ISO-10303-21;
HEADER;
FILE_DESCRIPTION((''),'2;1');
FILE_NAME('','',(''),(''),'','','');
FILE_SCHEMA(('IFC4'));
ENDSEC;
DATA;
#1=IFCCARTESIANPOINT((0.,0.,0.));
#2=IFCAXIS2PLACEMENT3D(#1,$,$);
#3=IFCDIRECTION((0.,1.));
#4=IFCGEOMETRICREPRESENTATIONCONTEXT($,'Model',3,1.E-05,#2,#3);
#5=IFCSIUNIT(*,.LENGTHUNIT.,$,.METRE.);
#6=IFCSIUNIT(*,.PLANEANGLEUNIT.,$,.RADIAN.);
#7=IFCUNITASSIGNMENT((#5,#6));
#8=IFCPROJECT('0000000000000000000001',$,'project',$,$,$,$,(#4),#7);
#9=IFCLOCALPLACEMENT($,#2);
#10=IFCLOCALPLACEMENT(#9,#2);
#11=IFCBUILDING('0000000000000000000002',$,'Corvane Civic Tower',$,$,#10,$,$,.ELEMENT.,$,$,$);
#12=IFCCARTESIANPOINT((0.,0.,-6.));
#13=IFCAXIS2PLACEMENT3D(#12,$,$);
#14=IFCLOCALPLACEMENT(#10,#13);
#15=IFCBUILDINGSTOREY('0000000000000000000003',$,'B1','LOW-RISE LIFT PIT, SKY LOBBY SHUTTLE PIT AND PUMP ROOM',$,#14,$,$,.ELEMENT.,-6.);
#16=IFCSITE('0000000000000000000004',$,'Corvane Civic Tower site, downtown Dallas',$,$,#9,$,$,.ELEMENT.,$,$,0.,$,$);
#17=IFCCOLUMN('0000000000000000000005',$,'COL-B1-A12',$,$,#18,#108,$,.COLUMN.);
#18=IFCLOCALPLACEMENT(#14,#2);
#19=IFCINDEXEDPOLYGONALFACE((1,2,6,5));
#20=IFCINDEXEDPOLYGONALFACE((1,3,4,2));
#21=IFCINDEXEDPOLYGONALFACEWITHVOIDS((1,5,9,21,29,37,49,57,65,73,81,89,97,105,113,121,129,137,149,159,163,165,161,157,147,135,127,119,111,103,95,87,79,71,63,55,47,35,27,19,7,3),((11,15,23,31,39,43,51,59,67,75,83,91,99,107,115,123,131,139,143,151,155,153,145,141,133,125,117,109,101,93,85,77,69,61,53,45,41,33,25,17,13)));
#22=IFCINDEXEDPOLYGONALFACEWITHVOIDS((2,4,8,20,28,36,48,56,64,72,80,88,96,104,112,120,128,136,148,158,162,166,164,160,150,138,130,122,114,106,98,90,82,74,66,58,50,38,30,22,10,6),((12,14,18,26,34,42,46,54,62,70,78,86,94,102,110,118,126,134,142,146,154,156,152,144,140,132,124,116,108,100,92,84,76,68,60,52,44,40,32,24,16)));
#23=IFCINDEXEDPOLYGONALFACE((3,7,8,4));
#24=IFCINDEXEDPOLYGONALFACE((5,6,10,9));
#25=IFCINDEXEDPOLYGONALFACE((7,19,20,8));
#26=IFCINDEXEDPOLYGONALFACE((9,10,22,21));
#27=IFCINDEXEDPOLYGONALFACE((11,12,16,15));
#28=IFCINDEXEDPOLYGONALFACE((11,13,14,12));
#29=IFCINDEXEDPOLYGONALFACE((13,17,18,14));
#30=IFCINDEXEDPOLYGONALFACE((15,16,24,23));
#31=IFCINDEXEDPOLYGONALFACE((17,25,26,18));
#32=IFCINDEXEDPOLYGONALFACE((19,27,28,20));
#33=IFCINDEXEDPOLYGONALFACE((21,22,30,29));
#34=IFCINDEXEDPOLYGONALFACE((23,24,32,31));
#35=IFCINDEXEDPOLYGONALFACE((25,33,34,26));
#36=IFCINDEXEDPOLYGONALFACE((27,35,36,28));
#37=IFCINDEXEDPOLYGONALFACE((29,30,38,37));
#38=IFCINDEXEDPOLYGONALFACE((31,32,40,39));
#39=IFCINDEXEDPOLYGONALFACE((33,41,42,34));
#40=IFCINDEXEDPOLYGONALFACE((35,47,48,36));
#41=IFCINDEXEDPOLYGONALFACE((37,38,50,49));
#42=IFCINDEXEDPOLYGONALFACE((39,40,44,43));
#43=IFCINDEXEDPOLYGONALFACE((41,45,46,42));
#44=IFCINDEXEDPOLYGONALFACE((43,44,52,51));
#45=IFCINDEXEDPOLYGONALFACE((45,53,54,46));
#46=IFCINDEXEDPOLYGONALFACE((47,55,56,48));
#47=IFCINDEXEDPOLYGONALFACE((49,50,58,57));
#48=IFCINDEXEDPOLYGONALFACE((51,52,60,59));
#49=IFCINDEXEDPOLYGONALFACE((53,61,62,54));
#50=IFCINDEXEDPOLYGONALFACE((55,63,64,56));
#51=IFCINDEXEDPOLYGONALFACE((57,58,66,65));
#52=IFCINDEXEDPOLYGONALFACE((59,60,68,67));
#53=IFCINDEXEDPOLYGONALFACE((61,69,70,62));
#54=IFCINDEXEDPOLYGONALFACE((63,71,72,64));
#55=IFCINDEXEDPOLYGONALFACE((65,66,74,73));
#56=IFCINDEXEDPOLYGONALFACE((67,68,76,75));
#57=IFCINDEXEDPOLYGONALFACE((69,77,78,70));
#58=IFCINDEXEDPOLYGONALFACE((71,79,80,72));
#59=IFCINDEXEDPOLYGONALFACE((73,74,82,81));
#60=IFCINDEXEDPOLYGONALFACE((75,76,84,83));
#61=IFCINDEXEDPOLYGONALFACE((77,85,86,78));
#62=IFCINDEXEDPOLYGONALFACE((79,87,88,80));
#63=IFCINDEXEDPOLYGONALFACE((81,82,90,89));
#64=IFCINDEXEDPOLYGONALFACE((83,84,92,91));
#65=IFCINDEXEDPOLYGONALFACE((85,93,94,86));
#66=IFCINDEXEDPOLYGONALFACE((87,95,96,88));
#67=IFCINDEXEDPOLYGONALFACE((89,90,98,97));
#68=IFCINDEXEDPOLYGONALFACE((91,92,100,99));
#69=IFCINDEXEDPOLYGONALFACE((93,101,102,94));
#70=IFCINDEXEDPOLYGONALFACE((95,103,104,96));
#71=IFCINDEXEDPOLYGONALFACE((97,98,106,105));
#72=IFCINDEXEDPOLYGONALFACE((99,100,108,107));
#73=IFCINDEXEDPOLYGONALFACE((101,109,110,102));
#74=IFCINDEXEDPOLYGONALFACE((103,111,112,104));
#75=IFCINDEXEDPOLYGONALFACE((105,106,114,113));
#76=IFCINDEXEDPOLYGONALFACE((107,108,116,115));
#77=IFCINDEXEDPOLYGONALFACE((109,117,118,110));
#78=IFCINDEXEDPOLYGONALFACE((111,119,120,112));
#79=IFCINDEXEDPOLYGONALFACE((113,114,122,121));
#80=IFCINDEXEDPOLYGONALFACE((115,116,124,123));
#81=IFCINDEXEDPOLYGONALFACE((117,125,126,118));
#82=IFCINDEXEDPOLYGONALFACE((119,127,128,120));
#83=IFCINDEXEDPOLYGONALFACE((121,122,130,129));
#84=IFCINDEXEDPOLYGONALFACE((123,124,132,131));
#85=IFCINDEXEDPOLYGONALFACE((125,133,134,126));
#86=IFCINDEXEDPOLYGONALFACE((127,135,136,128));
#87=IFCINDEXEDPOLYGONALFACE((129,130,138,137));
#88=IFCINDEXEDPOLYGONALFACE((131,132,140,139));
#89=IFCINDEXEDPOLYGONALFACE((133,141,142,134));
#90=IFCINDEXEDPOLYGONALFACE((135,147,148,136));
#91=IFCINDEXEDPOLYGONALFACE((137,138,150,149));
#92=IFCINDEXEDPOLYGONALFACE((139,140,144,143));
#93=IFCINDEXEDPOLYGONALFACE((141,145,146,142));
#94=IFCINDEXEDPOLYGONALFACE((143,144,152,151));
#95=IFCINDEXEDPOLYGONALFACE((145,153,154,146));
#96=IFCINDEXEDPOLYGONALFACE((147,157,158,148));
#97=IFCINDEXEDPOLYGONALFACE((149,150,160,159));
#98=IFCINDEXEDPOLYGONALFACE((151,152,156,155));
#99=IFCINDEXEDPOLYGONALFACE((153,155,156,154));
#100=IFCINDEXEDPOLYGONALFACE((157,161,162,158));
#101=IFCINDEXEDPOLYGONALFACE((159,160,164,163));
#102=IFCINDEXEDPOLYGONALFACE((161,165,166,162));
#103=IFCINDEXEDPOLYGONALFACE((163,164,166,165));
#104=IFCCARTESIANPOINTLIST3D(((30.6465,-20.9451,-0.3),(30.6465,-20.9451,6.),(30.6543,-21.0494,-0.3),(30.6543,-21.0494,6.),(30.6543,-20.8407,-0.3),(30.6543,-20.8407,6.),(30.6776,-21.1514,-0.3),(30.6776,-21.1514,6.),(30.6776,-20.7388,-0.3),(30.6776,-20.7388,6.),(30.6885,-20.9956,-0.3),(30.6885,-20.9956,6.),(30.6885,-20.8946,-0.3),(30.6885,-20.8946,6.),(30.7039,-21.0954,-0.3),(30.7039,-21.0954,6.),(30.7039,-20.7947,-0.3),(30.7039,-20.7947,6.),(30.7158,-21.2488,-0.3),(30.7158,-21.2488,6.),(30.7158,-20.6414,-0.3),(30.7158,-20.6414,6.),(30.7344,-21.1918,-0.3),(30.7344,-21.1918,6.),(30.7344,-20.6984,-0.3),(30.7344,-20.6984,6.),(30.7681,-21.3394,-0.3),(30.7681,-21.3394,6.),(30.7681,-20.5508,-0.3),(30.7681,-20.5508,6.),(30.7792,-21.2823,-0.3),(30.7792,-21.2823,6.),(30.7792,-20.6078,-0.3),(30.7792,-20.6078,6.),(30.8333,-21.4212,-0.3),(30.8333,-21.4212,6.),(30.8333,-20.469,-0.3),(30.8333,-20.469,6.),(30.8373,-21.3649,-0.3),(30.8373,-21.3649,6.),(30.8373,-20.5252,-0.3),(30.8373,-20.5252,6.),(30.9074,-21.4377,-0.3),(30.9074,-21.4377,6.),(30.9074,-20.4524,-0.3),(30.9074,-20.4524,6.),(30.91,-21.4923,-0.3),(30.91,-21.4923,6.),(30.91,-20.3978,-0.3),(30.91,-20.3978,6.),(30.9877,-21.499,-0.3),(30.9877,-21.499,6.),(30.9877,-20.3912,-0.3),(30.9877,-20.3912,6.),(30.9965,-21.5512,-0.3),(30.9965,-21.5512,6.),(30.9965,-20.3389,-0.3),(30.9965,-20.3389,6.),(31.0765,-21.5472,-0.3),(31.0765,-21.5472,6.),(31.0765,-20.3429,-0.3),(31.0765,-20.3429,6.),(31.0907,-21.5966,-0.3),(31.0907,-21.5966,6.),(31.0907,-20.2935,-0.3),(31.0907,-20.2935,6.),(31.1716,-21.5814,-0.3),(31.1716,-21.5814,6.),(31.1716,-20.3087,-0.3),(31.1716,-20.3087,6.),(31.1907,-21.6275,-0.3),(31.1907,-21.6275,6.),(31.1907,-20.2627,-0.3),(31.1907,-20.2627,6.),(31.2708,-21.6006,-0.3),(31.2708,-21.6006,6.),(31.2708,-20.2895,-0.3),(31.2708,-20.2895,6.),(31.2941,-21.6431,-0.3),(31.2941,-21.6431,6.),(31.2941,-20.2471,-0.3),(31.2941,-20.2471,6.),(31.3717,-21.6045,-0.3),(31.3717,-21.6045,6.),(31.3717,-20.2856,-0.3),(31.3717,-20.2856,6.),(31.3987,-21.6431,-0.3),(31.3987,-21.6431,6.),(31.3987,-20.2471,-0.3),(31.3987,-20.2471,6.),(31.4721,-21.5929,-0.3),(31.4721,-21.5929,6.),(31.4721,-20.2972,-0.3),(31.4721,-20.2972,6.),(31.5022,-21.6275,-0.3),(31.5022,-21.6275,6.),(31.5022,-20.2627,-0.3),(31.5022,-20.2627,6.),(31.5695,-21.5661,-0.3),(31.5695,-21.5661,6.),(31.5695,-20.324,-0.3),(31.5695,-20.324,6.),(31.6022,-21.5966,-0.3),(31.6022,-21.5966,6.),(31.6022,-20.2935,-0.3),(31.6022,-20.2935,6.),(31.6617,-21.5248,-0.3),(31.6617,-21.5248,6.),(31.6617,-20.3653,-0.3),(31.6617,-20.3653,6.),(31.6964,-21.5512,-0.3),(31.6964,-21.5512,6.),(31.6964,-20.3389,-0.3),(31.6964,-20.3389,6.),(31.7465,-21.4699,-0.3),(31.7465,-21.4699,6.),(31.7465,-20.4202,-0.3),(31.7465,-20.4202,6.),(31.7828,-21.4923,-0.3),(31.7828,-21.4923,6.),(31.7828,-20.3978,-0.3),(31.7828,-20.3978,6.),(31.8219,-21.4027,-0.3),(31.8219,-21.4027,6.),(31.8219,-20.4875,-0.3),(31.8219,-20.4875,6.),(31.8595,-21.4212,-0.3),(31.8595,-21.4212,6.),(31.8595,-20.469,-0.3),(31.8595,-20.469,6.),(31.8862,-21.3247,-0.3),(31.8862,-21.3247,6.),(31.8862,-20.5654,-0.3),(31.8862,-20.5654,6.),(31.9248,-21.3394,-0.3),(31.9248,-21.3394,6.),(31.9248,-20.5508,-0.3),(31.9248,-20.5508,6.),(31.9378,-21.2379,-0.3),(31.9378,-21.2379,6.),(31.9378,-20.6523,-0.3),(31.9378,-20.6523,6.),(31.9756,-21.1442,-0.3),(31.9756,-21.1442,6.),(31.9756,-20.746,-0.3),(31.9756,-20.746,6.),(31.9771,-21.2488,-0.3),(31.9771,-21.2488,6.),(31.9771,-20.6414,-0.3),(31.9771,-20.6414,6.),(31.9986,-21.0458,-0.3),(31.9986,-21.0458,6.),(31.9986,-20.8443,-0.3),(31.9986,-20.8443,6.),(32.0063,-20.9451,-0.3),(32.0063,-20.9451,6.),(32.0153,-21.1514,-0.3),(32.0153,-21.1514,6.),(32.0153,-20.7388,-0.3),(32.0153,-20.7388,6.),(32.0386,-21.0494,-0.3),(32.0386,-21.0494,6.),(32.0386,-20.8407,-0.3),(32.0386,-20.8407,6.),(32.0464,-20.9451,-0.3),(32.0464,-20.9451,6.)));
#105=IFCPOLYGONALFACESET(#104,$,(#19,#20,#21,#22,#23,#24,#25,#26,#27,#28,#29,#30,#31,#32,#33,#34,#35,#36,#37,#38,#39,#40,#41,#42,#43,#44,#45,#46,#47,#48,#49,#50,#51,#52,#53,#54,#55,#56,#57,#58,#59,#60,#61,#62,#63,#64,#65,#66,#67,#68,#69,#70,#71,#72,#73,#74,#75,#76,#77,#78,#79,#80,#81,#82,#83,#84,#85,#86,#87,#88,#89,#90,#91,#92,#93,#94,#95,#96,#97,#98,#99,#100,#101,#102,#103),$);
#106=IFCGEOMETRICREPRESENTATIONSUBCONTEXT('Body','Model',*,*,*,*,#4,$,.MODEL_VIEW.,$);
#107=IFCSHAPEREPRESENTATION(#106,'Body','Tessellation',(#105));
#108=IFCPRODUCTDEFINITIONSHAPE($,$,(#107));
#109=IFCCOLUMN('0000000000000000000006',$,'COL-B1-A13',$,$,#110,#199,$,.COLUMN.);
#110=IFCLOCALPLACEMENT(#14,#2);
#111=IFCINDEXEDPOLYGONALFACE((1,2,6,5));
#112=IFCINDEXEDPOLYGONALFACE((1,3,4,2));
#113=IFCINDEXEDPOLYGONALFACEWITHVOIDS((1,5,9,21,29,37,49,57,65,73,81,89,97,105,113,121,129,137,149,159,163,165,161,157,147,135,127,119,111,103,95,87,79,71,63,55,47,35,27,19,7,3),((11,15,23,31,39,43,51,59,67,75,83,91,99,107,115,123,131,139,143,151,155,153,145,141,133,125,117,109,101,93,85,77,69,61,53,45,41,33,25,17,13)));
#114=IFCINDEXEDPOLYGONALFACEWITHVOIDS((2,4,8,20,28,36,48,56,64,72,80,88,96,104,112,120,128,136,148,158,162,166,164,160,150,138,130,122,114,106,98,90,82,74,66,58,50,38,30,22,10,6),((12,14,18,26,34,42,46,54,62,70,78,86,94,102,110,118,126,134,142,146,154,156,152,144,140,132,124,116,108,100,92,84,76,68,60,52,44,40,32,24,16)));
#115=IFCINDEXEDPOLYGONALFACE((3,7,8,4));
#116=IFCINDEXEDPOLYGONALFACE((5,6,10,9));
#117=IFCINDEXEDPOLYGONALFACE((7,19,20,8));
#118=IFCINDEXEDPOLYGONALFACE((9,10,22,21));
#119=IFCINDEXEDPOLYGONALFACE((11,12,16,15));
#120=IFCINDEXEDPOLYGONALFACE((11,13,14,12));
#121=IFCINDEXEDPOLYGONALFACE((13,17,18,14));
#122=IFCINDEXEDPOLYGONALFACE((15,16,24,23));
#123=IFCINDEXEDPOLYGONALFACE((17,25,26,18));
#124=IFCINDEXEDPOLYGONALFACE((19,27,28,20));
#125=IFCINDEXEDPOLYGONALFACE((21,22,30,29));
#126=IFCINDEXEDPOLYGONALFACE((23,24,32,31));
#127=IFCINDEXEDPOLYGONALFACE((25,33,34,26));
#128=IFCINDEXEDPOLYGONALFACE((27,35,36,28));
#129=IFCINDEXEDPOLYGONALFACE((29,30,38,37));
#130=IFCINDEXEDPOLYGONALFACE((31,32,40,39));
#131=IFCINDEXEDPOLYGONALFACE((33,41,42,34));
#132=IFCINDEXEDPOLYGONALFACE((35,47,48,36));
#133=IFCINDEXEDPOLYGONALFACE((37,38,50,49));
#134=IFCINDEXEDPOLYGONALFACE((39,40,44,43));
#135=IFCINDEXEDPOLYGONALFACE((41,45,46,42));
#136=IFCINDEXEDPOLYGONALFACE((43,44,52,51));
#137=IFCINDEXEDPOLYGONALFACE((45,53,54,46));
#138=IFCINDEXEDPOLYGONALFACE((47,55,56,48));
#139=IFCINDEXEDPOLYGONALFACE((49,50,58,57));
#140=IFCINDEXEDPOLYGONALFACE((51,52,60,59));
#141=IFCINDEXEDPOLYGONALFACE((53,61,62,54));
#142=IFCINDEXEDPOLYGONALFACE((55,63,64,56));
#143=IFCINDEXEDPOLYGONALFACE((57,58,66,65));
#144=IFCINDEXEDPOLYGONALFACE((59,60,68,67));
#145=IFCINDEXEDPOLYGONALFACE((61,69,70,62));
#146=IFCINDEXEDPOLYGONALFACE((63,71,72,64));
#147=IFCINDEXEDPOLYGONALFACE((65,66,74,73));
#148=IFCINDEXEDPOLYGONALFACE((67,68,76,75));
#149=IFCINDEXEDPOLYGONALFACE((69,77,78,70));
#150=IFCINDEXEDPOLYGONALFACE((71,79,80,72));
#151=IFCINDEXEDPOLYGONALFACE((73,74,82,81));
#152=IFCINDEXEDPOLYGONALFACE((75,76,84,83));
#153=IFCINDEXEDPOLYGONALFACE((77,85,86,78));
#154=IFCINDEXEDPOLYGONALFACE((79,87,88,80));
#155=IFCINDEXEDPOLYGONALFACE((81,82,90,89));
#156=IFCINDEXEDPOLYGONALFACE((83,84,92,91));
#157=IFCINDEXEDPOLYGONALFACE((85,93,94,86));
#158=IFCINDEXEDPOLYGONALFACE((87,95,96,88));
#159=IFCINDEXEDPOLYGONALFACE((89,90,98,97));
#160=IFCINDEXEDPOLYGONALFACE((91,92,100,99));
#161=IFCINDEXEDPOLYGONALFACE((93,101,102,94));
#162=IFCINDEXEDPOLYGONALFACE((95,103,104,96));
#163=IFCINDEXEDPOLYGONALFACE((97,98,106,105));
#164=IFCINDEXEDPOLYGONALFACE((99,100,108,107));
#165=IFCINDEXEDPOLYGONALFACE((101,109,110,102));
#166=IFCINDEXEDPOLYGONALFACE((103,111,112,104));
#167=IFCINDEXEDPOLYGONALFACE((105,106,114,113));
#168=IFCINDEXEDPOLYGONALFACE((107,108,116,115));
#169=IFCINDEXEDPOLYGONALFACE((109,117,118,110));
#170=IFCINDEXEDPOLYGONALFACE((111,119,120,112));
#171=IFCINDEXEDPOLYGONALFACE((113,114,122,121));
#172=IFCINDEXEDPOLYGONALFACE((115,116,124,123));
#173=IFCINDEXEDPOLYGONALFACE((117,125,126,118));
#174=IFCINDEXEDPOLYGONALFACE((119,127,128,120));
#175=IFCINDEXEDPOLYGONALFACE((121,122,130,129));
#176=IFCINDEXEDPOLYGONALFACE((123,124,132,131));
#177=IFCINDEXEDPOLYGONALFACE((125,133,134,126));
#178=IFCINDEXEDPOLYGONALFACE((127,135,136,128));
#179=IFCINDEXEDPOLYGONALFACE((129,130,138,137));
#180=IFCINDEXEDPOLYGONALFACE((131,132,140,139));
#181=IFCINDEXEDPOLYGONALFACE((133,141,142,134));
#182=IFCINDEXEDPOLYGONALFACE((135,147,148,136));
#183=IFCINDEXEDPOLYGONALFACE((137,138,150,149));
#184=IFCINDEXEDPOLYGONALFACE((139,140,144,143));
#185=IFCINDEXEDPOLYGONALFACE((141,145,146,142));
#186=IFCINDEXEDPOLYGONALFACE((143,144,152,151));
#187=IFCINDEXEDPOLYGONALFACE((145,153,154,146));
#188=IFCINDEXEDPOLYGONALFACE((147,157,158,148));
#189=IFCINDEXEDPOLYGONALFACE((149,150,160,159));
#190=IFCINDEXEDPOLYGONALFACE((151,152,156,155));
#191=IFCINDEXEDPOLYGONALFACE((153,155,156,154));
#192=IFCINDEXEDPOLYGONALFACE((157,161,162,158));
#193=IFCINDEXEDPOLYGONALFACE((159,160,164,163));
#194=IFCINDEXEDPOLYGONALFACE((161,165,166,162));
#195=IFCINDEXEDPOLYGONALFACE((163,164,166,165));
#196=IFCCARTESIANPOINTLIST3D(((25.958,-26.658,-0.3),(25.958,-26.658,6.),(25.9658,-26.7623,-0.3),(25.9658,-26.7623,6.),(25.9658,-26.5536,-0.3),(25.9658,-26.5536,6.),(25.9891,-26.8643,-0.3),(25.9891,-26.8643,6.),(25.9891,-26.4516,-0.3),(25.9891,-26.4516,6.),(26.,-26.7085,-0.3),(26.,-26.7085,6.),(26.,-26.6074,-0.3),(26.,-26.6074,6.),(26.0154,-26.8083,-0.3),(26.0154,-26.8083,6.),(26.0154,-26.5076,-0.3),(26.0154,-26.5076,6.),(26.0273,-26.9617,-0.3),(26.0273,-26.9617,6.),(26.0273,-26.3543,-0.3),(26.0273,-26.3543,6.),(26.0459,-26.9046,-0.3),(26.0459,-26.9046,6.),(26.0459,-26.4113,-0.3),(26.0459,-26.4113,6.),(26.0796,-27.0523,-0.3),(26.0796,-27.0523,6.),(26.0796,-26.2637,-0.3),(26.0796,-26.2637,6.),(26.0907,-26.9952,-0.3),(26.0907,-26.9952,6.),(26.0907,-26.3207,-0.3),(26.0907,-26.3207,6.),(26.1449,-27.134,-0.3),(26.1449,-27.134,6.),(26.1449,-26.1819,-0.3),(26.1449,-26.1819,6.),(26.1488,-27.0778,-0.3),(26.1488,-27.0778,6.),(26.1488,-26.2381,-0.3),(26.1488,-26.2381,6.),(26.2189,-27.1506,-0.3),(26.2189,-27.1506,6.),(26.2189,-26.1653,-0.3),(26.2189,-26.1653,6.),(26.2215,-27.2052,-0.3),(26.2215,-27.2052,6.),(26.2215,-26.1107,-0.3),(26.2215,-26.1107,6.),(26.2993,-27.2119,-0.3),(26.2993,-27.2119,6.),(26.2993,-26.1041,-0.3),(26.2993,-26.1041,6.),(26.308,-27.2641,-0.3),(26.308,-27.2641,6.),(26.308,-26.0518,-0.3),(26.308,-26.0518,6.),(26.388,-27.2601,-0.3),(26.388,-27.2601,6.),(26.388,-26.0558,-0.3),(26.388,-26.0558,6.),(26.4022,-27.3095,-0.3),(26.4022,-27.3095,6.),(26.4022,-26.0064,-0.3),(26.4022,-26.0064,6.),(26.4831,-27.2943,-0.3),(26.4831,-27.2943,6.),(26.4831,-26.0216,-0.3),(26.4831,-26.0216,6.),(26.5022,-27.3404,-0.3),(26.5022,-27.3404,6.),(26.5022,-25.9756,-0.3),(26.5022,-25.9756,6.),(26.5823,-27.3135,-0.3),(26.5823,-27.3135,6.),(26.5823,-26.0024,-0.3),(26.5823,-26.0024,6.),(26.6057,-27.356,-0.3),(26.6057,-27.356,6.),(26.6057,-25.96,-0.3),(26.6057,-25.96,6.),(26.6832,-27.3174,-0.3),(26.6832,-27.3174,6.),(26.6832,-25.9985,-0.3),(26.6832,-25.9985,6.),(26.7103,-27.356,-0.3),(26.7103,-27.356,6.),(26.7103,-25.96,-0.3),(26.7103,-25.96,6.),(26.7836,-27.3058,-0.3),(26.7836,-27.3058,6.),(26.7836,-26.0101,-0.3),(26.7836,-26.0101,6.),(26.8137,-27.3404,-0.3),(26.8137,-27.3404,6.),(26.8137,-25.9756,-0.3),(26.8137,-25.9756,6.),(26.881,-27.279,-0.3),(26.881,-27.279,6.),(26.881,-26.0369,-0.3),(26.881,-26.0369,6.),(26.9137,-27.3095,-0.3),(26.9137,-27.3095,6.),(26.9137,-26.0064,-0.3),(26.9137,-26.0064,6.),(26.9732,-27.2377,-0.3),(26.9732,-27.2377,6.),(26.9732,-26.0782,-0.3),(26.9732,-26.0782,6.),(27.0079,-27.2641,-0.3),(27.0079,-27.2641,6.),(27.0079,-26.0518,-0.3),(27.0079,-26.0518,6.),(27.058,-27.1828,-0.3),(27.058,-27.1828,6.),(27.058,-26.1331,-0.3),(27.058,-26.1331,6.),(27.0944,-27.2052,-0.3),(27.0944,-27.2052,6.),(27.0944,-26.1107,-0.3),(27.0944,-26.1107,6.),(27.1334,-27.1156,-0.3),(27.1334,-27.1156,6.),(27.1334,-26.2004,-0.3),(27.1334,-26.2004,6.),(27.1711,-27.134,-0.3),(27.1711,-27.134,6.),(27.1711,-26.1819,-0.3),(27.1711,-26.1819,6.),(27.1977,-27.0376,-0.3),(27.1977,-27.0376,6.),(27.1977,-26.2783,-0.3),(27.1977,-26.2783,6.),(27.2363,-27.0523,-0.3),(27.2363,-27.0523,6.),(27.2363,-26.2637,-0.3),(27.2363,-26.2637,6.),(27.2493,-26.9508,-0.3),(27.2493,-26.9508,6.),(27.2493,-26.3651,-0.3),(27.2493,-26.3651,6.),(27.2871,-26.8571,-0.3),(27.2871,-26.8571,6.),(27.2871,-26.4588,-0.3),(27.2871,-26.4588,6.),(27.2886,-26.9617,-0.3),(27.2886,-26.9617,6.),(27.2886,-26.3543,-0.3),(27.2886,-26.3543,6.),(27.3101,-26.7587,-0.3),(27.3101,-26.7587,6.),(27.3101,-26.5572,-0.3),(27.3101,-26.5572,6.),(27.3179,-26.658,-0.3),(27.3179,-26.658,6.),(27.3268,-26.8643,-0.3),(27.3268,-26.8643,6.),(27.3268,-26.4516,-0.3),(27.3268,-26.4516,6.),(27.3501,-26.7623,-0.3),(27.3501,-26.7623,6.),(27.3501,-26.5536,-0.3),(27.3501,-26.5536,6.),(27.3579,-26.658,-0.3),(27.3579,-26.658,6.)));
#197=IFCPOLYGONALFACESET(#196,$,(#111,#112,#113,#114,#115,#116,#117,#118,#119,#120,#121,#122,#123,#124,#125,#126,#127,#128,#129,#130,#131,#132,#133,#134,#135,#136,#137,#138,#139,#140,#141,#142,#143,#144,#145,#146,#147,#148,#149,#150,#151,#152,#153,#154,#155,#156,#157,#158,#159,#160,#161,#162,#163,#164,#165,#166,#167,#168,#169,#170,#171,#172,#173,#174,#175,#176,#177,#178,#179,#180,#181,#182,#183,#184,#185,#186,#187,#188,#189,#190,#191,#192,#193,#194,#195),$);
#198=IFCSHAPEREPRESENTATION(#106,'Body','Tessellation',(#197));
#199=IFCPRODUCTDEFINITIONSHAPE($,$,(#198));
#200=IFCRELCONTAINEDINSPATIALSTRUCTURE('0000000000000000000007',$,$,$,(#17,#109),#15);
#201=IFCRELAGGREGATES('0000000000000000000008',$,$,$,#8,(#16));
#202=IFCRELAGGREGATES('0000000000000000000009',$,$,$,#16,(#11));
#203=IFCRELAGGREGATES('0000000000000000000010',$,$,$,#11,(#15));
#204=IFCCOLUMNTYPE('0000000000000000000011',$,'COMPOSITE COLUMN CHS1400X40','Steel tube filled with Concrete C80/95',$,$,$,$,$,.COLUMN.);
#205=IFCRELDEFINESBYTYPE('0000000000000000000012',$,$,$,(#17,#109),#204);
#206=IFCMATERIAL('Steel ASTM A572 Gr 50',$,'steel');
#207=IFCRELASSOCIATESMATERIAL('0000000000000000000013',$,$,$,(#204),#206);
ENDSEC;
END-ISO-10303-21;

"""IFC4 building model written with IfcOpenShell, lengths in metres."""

from ifc_helpers import new_model, si_unit, direction, frame, origin, origin_2d, place, context, subcontext, project, spatial, hollow_circle, extrude, material, material_profile, profile_set, type_object, element, save


model = new_model("IFC4")

# Units and contexts
model_context = context("Model", 3, precision=1e-05, world=origin(), true_north=direction((0.0, 1.0)))
body_context = subcontext(model_context, "Body", "Model", "MODEL_VIEW")
ifc_project = project(units=[si_unit("LENGTHUNIT", "METRE"), si_unit("PLANEANGLEUNIT", "RADIAN")], contexts=[model_context])

# Site, building, storey
site_placement = place(None, origin())
site = spatial("IfcSite", under=ifc_project, at=site_placement, Name="Corvane Civic Tower site, downtown Dallas", CompositionType="ELEMENT", RefElevation=0.0)
building_placement = place(site_placement, origin())
building = spatial("IfcBuilding", under=site, at=building_placement, Name="Corvane Civic Tower", CompositionType="ELEMENT")
storey_placement = place(building_placement, frame((0.0, 0.0, -6.0)))
storey = spatial("IfcBuildingStorey", under=building, at=storey_placement, Name="B1", Description="LOW-RISE LIFT PIT, SKY LOBBY SHUTTLE PIT AND PUMP ROOM", CompositionType="ELEMENT", Elevation=-6.0)

# Columns
ifc_material_1 = material(Name="Steel ASTM A572 Gr 50", Category="steel")
ifc_material_profile_1 = material_profile(ifc_material_1, hollow_circle(Radius=0.7, WallThickness=0.04, at=origin_2d()), Name="CHS1400X40")
ifc_profile_set_1 = profile_set([ifc_material_profile_1], Name="Steel ASTM A572 Gr 50")
column_type_1 = type_object("IfcColumnType", Name="COMPOSITE COLUMN CHS1400X40", Description="Steel tube filled with Concrete C80/95", PredefinedType="COLUMN", material=ifc_profile_set_1)
for number, where, z_axis, x_axis, name in (
    (1, (31.3464, -20.9451, -0.3), (0.0, 0.0, 1.0), (1.0, 0.0, 0.0), "COL-B1-A12"),
    (2, (26.658, -26.658, -0.3), (0.0, 0.0, 1.0), (1.0, 0.0, 0.0), "COL-B1-A13"),
):
    element("IfcColumn", number, at=place(storey_placement, frame(where, z_axis=z_axis, x_axis=x_axis)), inside=storey, type_object=column_type_1, Name=name, PredefinedType="COLUMN", context=body_context, shape_type="SweptSolid", body=[
        extrude(hollow_circle(Radius=0.7, WallThickness=0.04, at=origin_2d()), origin(), (0.0, 0.0, 1.0), 6.3),
    ])

save(model, "model.ifc")
